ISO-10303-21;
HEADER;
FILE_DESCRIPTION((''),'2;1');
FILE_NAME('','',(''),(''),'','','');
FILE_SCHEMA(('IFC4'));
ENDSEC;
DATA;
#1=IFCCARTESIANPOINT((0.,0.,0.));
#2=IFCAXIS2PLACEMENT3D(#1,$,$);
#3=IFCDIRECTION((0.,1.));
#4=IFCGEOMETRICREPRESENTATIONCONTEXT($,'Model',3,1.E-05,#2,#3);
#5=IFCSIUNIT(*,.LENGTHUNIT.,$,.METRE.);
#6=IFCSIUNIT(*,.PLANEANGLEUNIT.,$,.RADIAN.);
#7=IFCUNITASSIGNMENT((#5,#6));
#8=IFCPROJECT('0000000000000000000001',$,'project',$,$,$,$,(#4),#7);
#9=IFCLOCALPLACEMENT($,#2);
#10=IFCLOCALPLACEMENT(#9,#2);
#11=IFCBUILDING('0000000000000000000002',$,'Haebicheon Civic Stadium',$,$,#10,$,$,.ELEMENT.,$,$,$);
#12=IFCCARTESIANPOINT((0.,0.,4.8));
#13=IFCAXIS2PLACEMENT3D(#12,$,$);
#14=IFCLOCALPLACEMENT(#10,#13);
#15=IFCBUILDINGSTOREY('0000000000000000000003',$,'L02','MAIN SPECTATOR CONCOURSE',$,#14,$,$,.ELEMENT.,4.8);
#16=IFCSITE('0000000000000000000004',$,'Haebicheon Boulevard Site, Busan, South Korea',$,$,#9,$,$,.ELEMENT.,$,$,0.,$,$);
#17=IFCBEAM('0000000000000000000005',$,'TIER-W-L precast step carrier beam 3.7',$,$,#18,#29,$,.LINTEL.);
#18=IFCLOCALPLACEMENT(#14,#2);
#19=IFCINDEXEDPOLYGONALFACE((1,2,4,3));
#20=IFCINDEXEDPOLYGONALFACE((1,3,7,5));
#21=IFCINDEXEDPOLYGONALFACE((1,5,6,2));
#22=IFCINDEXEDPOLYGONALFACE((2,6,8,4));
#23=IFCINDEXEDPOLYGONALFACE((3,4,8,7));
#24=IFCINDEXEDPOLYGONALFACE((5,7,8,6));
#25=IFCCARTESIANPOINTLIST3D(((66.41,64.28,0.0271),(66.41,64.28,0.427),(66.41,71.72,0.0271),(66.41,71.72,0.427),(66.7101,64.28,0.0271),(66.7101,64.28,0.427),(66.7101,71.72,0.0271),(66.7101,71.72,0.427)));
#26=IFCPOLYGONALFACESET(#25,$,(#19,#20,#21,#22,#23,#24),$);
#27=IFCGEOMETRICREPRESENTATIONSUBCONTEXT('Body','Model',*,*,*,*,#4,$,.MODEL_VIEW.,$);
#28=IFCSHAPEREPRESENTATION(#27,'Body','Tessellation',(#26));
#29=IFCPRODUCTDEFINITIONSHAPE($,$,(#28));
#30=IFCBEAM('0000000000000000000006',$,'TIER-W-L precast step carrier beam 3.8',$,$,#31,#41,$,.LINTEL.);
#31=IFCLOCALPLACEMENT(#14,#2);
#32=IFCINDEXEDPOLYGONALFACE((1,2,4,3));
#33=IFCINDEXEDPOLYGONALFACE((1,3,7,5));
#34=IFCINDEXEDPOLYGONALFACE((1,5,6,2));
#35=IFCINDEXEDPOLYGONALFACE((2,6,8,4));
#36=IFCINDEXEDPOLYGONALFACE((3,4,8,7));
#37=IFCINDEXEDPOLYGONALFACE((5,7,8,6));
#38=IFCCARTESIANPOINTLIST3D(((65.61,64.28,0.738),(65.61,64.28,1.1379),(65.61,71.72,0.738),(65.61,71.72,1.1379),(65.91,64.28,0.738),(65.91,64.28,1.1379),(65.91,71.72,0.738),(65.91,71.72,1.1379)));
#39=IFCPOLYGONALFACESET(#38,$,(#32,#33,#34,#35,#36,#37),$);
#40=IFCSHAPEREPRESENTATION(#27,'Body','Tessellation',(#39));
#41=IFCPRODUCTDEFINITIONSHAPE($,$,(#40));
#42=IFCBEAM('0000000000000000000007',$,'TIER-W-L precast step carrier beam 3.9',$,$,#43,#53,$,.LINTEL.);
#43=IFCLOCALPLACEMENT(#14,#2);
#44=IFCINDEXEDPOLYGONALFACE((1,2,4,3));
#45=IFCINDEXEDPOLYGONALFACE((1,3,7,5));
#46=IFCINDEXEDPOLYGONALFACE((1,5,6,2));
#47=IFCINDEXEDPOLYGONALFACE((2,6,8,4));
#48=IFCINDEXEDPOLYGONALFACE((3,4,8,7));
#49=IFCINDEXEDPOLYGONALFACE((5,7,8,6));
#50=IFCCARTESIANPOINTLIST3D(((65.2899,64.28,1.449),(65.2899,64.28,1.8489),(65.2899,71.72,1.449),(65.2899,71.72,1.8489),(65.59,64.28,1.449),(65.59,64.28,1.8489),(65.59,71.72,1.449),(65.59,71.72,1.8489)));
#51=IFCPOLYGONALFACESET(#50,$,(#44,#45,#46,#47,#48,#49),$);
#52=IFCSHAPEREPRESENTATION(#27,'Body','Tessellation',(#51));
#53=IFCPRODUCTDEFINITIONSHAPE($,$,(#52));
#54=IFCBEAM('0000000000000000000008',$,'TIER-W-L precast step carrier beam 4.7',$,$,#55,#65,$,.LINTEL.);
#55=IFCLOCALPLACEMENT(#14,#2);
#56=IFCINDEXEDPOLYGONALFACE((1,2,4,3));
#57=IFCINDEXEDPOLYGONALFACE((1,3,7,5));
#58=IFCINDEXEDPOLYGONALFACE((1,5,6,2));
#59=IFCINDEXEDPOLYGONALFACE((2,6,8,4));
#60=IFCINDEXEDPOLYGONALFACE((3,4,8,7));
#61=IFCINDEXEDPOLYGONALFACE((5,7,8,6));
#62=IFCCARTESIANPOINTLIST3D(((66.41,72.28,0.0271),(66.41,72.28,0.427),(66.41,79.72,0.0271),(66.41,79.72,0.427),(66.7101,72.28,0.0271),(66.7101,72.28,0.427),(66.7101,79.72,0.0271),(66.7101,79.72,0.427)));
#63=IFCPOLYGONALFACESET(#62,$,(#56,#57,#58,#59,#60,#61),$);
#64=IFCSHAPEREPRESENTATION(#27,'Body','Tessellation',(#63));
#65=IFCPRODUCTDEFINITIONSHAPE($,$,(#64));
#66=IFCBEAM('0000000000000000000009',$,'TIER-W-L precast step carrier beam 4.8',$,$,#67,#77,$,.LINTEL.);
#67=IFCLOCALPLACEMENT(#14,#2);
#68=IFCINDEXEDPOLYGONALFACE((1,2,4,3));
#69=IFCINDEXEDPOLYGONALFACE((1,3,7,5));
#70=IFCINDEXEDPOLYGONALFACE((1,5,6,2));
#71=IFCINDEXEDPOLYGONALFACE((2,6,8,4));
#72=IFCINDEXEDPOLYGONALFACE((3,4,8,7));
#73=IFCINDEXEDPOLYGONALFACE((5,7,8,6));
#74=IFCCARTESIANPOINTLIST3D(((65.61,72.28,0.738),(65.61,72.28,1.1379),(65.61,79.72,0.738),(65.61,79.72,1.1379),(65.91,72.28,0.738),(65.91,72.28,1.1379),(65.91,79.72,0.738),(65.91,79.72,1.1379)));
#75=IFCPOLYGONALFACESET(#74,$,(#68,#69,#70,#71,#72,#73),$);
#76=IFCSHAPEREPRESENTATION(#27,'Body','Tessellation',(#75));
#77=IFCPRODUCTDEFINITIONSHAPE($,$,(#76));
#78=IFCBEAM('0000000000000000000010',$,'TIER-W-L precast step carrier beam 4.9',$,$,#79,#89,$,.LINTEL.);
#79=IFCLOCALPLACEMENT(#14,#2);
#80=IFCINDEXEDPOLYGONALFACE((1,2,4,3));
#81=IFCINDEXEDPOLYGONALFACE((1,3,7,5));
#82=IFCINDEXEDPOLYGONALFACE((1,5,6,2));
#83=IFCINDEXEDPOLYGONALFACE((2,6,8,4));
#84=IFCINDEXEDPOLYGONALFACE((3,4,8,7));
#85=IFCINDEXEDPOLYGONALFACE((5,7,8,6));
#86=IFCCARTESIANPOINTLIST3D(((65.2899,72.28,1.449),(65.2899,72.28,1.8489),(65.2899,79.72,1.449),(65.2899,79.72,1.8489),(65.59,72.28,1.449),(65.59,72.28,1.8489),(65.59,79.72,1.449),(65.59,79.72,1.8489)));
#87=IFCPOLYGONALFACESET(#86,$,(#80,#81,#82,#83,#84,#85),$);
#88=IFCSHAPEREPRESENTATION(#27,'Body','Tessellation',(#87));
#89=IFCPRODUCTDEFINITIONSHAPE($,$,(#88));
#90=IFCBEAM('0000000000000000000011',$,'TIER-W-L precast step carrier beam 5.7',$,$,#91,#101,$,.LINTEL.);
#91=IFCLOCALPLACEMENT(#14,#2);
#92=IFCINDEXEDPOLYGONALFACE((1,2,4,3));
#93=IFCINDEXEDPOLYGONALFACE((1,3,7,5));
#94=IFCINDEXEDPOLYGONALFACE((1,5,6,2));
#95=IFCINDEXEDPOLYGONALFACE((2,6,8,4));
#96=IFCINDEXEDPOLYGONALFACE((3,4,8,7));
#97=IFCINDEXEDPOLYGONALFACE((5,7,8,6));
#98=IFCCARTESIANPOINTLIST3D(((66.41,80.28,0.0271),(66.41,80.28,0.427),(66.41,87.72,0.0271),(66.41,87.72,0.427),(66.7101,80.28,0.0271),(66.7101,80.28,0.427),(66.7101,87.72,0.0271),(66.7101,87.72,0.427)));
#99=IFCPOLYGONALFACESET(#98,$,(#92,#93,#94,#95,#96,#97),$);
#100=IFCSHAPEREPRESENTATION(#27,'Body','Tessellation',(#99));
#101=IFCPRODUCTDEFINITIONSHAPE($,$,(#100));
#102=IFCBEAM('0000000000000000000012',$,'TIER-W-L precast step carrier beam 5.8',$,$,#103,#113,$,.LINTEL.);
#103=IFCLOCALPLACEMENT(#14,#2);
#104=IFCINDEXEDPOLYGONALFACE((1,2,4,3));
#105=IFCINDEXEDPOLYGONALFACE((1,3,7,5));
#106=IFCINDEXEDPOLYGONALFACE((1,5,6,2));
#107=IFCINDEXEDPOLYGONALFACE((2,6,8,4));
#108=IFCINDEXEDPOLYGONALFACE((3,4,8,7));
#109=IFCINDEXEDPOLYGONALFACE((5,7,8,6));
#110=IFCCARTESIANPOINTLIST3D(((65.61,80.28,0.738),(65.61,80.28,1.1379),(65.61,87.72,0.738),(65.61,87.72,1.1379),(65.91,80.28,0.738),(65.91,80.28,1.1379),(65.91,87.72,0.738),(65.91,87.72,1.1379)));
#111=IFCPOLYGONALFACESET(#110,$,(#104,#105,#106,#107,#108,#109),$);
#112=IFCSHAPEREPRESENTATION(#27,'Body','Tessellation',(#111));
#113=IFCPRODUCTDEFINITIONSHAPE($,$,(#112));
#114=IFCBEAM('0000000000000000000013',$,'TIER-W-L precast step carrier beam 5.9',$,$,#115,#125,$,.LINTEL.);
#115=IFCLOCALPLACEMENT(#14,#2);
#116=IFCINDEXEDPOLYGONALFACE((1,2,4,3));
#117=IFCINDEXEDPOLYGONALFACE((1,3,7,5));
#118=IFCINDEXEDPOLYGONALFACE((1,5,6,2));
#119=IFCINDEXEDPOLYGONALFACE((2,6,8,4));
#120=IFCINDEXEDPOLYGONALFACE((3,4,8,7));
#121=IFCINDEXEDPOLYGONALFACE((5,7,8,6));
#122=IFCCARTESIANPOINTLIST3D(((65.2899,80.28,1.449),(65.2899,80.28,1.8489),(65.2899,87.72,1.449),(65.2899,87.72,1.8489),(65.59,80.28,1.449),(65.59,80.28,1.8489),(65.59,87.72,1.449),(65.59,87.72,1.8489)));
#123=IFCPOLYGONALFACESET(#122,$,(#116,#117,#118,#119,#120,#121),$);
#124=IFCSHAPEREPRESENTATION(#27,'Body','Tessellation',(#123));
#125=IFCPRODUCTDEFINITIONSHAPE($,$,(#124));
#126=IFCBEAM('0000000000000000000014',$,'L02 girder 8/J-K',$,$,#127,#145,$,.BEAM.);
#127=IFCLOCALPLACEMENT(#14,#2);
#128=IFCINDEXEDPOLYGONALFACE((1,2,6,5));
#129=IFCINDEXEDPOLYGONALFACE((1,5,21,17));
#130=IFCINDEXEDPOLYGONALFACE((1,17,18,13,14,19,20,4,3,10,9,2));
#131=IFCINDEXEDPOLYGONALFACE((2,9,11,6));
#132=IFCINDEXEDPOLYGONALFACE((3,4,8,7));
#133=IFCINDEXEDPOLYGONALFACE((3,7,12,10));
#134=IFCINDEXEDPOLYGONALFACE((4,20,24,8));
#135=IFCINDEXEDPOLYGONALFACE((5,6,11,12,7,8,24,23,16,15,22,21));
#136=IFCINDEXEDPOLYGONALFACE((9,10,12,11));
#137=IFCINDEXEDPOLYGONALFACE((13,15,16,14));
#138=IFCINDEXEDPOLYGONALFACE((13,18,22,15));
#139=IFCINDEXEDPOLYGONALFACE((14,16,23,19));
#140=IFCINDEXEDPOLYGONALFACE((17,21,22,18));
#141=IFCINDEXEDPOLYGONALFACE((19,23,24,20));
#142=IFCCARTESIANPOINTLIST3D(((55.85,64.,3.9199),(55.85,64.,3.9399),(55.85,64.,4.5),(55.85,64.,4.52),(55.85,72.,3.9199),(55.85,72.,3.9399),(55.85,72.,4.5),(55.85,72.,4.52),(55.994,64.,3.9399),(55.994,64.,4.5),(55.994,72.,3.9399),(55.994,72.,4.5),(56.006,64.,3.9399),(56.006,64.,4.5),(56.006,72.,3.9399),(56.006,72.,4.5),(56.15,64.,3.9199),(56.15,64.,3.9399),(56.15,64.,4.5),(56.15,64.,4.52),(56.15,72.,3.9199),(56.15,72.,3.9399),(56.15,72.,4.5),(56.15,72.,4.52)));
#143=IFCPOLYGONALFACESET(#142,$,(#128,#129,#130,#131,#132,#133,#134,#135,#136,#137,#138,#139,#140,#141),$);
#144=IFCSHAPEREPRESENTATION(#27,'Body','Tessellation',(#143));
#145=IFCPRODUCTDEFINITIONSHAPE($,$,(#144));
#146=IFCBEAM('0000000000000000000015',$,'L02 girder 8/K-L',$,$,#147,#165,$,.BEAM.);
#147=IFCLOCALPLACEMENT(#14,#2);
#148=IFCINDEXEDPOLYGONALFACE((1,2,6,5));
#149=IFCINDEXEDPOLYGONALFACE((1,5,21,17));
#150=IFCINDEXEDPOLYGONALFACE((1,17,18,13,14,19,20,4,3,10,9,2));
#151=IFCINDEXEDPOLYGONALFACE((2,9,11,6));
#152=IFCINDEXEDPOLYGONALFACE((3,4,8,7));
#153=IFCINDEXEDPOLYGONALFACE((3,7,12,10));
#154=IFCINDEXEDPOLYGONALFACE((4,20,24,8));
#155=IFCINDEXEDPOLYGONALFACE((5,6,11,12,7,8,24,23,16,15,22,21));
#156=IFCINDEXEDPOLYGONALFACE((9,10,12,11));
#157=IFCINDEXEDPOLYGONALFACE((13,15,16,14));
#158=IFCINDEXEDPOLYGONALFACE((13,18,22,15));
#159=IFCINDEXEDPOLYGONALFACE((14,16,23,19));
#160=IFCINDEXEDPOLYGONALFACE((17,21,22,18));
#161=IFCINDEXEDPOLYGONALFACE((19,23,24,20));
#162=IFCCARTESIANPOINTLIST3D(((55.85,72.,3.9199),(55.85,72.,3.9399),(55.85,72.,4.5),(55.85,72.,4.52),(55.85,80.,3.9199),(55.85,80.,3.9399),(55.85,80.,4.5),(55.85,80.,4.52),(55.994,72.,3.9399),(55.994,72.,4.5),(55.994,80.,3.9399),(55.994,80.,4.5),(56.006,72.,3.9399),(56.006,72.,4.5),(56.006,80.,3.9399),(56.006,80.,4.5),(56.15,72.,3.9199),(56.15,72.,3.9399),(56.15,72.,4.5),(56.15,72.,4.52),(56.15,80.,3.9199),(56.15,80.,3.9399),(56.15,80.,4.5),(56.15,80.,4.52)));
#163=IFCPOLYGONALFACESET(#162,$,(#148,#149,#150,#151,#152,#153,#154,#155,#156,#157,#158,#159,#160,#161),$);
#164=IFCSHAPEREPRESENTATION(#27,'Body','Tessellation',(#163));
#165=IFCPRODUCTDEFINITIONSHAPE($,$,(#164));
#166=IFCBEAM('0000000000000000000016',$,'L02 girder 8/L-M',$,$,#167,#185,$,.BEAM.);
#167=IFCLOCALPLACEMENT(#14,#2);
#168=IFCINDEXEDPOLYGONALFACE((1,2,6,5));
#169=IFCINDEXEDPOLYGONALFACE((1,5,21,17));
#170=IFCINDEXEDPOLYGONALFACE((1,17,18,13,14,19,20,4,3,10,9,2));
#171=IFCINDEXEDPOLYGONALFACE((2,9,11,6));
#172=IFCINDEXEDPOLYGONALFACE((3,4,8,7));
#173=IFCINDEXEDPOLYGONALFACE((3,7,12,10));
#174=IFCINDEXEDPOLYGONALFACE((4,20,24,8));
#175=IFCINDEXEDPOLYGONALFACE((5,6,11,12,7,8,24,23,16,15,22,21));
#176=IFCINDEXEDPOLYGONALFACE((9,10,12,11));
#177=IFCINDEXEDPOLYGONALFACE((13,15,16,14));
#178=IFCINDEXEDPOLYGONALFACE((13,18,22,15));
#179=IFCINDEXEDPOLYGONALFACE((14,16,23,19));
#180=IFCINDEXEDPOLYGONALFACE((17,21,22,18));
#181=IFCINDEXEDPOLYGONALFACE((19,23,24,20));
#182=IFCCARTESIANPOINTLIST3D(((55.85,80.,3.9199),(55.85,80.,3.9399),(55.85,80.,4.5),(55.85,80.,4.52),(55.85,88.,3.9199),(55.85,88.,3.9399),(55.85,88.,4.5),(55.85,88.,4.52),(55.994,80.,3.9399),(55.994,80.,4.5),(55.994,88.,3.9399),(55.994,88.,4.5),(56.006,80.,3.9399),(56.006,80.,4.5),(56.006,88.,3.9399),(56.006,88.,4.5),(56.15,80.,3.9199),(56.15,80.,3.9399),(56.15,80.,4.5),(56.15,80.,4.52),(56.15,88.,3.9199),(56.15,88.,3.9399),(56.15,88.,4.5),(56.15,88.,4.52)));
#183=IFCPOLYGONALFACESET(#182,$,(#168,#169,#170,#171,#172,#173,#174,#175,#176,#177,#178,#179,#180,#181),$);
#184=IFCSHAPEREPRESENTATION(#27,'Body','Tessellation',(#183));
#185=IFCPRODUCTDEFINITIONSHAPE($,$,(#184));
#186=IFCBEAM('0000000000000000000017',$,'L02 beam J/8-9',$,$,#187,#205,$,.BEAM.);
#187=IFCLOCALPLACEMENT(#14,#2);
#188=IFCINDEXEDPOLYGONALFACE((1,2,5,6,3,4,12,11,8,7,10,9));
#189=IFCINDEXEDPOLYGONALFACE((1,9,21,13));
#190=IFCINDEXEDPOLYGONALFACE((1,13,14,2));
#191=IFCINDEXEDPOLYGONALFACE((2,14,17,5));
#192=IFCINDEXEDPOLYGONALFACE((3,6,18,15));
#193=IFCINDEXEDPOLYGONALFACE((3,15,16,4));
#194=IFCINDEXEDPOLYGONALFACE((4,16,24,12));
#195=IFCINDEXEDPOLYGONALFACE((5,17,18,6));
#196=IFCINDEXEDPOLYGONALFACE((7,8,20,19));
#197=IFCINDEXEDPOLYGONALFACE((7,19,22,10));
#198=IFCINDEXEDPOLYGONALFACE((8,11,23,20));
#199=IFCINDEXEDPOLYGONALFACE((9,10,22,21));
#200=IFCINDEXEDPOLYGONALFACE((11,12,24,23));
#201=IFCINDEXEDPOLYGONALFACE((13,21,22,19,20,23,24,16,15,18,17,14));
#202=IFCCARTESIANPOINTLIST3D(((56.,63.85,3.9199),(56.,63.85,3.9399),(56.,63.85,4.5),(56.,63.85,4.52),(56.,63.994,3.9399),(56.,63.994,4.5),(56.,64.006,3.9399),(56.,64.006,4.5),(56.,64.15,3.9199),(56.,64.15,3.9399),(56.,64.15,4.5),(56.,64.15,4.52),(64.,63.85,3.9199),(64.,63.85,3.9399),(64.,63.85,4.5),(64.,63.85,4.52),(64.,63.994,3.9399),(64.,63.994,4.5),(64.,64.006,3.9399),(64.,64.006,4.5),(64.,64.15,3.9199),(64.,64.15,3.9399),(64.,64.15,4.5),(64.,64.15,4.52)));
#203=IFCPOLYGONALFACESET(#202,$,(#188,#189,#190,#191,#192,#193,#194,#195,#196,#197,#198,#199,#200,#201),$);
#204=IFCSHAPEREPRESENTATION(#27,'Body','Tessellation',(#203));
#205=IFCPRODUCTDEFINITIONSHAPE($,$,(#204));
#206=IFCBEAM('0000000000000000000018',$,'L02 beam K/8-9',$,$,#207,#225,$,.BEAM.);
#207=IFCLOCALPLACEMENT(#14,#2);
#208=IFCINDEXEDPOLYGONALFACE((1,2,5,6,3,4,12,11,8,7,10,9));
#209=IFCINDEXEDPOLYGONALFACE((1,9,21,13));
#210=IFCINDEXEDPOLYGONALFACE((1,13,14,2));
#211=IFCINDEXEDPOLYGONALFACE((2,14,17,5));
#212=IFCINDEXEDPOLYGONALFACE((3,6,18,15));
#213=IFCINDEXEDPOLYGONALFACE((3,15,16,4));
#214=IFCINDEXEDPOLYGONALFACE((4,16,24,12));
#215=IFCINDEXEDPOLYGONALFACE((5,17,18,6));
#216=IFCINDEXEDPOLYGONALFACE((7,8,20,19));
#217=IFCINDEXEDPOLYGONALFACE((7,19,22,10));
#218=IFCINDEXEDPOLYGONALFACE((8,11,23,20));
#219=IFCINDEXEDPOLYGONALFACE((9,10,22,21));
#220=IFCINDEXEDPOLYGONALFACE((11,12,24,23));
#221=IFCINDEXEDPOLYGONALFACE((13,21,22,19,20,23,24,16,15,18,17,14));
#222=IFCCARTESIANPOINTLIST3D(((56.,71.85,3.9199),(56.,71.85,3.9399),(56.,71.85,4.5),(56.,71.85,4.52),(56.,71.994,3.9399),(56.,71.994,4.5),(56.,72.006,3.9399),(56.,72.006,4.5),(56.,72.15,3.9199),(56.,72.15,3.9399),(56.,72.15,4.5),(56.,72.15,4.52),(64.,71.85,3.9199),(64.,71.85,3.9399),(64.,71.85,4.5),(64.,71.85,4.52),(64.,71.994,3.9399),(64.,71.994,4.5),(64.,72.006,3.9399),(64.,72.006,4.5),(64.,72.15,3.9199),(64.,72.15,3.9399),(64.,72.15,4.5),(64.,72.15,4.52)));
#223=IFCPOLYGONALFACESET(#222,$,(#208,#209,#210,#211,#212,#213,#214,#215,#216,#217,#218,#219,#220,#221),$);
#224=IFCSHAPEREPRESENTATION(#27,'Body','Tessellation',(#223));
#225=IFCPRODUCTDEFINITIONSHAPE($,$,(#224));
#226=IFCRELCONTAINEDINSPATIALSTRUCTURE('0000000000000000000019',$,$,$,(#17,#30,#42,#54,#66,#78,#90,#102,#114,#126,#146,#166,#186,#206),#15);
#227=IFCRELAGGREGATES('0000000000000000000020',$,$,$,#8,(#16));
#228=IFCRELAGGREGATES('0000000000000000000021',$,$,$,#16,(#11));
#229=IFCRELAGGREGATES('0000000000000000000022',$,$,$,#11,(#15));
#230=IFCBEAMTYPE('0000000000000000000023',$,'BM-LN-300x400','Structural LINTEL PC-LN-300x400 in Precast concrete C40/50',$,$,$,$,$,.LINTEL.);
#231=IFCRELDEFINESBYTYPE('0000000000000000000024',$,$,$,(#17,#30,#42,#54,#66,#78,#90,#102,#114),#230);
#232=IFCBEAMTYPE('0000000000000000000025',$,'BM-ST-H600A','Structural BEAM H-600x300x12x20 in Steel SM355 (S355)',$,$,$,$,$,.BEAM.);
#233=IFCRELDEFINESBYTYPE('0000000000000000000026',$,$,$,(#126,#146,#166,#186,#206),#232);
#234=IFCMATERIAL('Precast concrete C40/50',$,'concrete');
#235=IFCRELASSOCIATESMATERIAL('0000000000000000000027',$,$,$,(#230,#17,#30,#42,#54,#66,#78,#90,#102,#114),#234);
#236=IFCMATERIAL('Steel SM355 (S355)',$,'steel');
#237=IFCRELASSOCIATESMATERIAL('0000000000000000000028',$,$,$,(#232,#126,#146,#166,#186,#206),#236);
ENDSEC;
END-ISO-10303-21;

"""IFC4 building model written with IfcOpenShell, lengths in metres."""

from ifc_helpers import new_model, si_unit, direction, frame, origin, origin_2d, place, context, subcontext, project, spatial, rectangle, i_section, extrude, material, material_profile, profile_set, type_object, element, save


model = new_model("IFC4")

# Units and contexts
model_context = context("Model", 3, precision=1e-05, world=origin(), true_north=direction((0.0, 1.0)))
body_context = subcontext(model_context, "Body", "Model", "MODEL_VIEW")
ifc_project = project(units=[si_unit("LENGTHUNIT", "METRE"), si_unit("PLANEANGLEUNIT", "RADIAN")], contexts=[model_context])

# Site, building, storey
site_placement = place(None, origin())
site = spatial("IfcSite", under=ifc_project, at=site_placement, Name="Haebicheon Boulevard Site, Busan, South Korea", CompositionType="ELEMENT", RefElevation=0.0)
building_placement = place(site_placement, origin())
building = spatial("IfcBuilding", under=site, at=building_placement, Name="Haebicheon Civic Stadium", CompositionType="ELEMENT")
storey_placement = place(building_placement, frame((0.0, 0.0, 4.8)))
storey = spatial("IfcBuildingStorey", under=building, at=storey_placement, Name="L02", Description="MAIN SPECTATOR CONCOURSE", CompositionType="ELEMENT", Elevation=4.8)

# Beams
ifc_material_1 = material(Name="Precast concrete C40/50", Category="concrete")
ifc_material_profile_1 = material_profile(ifc_material_1, rectangle(XDim=0.3, YDim=0.3999, at=origin_2d()), Name="PC-LN-300x400")
ifc_profile_set_1 = profile_set([ifc_material_profile_1], Name="Precast concrete C40/50")
beam_type_1 = type_object("IfcBeamType", Name="BM-LN-300x400", Description="Structural LINTEL PC-LN-300x400 in Precast concrete C40/50", PredefinedType="LINTEL", material=ifc_profile_set_1)
for number, where, z_axis, x_axis, name in (
    (1, (66.5601, 64.28, 0.2271), (0.0, 1.0, 0.0), (-1.0, 0.0, 0.0), "TIER-W-L precast step carrier beam 3.7"),
    (2, (65.76, 64.28, 0.938), (0.0, 1.0, 0.0), (-1.0, 0.0, 0.0), "TIER-W-L precast step carrier beam 3.8"),
    (3, (65.4399, 64.28, 1.6489), (0.0, 1.0, 0.0), (-1.0, 0.0, 0.0), "TIER-W-L precast step carrier beam 3.9"),
    (4, (66.5601, 72.28, 0.2271), (0.0, 1.0, 0.0), (-1.0, 0.0, 0.0), "TIER-W-L precast step carrier beam 4.7"),
    (5, (65.76, 72.28, 0.938), (0.0, 1.0, 0.0), (-1.0, 0.0, 0.0), "TIER-W-L precast step carrier beam 4.8"),
    (6, (65.4399, 72.28, 1.6489), (0.0, 1.0, 0.0), (-1.0, 0.0, 0.0), "TIER-W-L precast step carrier beam 4.9"),
    (7, (66.5601, 80.28, 0.2271), (0.0, 1.0, 0.0), (-1.0, 0.0, 0.0), "TIER-W-L precast step carrier beam 5.7"),
    (8, (65.76, 80.28, 0.938), (0.0, 1.0, 0.0), (-1.0, 0.0, 0.0), "TIER-W-L precast step carrier beam 5.8"),
    (9, (65.4399, 80.28, 1.6489), (0.0, 1.0, 0.0), (-1.0, 0.0, 0.0), "TIER-W-L precast step carrier beam 5.9"),
):
    element("IfcBeam", number, at=place(storey_placement, frame(where, z_axis=z_axis, x_axis=x_axis)), inside=storey, type_object=beam_type_1, material=ifc_profile_set_1, Name=name, PredefinedType="LINTEL", context=body_context, shape_type="SweptSolid", body=[
        extrude(rectangle(XDim=0.3, YDim=0.3999, at=origin_2d()), origin(), (0.0, 0.0, 1.0), 7.4399),
    ])
ifc_material_2 = material(Name="Steel SM355 (S355)", Category="steel")
ifc_material_profile_2 = material_profile(ifc_material_2, i_section(OverallWidth=0.3, OverallDepth=0.6001, WebThickness=0.012, FlangeThickness=0.02, at=origin_2d()), Name="H-600x300x12x20")
ifc_profile_set_2 = profile_set([ifc_material_profile_2], Name="Steel SM355 (S355)")
beam_type_2 = type_object("IfcBeamType", Name="BM-ST-H600A", Description="Structural BEAM H-600x300x12x20 in Steel SM355 (S355)", PredefinedType="BEAM", material=ifc_profile_set_2)
for number, where, z_axis, x_axis, name in (
    (10, (56.0, 64.0, 4.22), (0.0, 1.0, 0.0), (-1.0, 0.0, 0.0), "L02 girder 8/J-K"),
    (11, (56.0, 72.0, 4.22), (0.0, 1.0, 0.0), (-1.0, 0.0, 0.0), "L02 girder 8/K-L"),
    (12, (56.0, 80.0, 4.22), (0.0, 1.0, 0.0), (-1.0, 0.0, 0.0), "L02 girder 8/L-M"),
    (13, (56.0, 64.0, 4.22), (1.0, 0.0, 0.0), (0.0, 1.0, 0.0), "L02 beam J/8-9"),
    (14, (56.0, 72.0, 4.22), (1.0, 0.0, 0.0), (0.0, 1.0, 0.0), "L02 beam K/8-9"),
):
    element("IfcBeam", number, at=place(storey_placement, frame(where, z_axis=z_axis, x_axis=x_axis)), inside=storey, type_object=beam_type_2, material=ifc_profile_set_2, Name=name, PredefinedType="BEAM", context=body_context, shape_type="SweptSolid", body=[
        extrude(i_section(OverallWidth=0.3, OverallDepth=0.6001, WebThickness=0.012, FlangeThickness=0.02, at=origin_2d()), origin(), (0.0, 0.0, 1.0), 8.0),
    ])

save(model, "model.ifc")
